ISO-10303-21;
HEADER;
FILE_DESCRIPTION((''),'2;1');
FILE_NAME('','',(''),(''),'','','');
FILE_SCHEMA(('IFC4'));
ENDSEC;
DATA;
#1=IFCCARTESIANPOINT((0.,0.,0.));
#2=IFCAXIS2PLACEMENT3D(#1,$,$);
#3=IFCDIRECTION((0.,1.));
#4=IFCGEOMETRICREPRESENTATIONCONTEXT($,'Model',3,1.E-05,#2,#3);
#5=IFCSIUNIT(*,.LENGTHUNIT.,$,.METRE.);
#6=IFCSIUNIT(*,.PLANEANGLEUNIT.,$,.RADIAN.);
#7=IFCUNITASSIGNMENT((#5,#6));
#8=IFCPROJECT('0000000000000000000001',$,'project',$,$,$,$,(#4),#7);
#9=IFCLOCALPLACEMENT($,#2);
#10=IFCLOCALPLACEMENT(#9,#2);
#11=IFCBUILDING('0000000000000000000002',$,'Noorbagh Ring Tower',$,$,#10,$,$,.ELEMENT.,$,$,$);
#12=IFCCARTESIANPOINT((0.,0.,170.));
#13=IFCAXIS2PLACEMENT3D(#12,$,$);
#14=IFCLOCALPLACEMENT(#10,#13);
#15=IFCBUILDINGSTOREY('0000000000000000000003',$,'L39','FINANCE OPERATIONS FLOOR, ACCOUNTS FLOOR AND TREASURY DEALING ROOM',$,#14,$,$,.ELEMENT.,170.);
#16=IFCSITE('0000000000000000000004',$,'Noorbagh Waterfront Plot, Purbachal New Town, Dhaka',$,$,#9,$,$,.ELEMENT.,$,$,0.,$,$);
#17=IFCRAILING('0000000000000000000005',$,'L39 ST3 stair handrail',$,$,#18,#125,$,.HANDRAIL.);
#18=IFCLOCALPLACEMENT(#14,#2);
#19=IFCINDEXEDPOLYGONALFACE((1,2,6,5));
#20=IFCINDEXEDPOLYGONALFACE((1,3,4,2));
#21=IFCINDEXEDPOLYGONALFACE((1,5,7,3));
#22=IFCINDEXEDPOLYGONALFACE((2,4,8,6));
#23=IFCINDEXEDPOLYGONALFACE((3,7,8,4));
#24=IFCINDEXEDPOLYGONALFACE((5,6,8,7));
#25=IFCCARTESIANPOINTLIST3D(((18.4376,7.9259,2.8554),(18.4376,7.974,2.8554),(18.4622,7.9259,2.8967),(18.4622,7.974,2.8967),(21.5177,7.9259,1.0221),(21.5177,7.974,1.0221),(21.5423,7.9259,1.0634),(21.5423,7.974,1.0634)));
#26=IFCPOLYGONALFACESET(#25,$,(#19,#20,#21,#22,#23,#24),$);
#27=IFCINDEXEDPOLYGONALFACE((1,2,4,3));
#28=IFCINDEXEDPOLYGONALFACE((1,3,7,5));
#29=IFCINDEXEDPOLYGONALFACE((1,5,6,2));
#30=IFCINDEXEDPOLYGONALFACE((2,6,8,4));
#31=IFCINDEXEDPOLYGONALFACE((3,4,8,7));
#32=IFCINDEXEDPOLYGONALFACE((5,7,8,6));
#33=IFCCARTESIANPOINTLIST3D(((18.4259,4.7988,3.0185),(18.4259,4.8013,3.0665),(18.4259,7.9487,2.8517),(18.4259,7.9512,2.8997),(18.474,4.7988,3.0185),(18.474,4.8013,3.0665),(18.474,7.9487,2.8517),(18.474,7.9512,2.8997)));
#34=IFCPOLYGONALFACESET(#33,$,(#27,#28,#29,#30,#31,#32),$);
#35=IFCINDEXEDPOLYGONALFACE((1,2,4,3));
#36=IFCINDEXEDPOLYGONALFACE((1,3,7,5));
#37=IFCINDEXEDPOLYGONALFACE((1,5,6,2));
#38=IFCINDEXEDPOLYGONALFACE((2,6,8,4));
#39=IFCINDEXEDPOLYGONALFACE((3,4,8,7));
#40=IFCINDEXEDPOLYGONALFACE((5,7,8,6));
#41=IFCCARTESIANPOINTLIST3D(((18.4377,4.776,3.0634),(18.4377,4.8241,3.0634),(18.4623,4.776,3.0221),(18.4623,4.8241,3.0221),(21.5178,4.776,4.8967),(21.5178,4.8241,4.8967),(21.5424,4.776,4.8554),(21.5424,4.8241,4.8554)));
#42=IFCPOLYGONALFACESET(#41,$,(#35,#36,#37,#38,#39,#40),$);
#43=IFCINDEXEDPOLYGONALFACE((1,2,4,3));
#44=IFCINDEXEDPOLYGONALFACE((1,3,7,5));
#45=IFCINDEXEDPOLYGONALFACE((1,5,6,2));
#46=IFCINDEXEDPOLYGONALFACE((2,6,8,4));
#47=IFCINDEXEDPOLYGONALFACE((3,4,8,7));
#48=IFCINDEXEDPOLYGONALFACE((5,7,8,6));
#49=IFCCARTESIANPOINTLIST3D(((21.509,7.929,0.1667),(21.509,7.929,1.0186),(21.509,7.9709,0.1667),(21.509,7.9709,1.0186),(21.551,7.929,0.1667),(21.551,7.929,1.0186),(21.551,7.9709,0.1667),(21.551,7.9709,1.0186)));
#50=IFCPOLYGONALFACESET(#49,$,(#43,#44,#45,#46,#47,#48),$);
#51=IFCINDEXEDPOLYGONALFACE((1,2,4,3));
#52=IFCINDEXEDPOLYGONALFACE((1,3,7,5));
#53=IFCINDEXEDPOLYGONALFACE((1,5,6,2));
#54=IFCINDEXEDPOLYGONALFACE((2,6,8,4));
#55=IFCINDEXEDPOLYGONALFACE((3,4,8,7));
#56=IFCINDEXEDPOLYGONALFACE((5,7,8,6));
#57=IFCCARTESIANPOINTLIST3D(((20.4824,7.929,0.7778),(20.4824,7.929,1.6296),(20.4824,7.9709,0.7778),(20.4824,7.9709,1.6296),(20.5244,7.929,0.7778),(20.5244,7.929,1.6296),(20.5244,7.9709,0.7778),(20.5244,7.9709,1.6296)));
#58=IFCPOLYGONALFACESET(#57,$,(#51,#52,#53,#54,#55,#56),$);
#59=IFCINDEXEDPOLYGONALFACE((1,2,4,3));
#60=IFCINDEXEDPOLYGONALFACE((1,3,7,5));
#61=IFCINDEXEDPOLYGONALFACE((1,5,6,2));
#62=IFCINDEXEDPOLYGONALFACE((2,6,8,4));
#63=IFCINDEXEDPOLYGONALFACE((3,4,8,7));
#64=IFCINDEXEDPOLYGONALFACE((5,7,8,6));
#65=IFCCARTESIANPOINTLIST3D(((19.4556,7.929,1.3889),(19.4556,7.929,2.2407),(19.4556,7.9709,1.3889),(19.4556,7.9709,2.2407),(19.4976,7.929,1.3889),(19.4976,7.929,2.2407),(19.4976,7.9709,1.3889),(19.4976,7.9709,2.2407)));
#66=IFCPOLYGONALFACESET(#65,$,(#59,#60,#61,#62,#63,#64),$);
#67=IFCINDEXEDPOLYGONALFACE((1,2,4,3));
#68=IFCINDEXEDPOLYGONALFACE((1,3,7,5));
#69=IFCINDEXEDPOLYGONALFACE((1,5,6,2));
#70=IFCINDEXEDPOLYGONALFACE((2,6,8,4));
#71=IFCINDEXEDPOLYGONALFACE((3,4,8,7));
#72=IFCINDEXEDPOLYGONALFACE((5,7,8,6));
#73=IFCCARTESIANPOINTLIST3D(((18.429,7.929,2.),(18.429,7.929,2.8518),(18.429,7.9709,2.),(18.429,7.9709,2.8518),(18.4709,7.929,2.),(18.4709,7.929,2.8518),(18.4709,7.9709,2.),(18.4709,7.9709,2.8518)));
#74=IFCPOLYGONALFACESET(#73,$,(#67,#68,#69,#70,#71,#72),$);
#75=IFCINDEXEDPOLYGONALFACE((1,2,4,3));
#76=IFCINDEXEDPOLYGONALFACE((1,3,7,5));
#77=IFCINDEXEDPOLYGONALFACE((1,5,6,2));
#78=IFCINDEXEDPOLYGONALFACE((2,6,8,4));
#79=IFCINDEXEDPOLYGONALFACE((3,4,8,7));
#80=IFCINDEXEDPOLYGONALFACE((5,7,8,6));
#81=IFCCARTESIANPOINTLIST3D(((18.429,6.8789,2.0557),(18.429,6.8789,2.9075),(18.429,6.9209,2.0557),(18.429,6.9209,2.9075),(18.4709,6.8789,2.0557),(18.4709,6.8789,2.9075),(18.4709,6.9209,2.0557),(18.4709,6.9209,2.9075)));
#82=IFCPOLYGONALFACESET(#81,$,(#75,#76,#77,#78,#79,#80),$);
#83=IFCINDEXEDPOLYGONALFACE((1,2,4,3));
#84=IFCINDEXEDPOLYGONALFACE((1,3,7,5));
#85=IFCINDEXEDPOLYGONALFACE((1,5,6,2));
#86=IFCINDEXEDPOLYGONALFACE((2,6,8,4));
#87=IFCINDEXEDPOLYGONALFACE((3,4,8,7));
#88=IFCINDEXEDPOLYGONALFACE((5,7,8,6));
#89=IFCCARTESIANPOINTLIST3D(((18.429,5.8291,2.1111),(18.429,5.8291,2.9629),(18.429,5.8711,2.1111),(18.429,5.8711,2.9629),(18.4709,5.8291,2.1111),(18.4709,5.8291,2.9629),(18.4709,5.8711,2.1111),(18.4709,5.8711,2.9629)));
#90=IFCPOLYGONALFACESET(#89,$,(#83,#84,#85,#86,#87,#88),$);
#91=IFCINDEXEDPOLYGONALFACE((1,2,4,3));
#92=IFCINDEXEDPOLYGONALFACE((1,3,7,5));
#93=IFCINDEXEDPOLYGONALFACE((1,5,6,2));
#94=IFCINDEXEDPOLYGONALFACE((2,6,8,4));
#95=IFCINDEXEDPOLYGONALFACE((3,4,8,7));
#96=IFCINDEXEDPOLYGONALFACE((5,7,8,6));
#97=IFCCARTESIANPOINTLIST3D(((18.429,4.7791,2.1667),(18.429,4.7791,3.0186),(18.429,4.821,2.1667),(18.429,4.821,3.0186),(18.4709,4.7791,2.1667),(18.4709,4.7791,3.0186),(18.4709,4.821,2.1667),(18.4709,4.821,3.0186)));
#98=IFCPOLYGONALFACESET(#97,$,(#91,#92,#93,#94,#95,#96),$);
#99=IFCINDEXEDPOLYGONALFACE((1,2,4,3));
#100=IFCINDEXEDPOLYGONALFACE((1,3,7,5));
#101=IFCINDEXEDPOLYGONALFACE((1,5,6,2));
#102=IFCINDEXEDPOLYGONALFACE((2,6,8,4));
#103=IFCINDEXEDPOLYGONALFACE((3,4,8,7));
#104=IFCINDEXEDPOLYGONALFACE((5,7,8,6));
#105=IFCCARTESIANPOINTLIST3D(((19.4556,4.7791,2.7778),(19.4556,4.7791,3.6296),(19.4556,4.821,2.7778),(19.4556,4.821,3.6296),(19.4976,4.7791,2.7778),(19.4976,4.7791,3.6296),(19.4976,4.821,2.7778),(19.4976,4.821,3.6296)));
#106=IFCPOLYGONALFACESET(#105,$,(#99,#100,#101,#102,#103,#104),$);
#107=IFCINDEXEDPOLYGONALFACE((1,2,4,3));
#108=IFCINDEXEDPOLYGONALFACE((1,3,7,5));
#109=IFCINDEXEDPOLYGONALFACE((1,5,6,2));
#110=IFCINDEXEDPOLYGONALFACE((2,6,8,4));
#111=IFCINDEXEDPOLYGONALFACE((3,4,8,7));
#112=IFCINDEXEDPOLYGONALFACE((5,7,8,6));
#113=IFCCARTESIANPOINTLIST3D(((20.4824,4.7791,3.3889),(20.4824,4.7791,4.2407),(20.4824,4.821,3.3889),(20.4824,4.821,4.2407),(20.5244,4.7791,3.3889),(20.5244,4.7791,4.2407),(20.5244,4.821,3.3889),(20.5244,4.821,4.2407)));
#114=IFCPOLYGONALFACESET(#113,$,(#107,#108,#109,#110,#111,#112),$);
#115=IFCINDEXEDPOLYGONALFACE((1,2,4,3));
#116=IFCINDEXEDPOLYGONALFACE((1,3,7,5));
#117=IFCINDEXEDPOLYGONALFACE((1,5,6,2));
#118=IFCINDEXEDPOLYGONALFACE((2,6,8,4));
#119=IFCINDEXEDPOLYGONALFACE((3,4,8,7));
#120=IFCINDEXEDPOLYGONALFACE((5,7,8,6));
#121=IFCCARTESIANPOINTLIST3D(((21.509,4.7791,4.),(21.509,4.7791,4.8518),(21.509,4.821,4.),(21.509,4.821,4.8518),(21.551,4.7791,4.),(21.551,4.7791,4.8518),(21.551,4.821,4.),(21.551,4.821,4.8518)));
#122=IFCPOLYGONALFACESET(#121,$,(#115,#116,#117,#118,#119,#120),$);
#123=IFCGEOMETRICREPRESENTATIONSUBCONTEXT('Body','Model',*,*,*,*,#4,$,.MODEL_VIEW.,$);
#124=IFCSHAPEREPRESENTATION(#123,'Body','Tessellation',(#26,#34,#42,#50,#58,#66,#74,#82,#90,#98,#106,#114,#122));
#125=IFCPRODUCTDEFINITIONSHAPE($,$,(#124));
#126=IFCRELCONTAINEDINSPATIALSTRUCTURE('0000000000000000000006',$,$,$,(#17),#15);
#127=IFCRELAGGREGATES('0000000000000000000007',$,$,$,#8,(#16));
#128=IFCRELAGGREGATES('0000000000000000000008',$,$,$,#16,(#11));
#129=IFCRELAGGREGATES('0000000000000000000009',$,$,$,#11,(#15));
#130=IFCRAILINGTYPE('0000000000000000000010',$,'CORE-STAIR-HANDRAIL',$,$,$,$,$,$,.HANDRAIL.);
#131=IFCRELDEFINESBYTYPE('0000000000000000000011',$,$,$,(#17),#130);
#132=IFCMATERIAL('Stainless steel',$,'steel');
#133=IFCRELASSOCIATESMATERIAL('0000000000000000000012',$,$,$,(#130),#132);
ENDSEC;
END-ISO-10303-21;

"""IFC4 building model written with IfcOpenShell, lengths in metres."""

from ifc_helpers import new_model, si_unit, direction, frame, origin, origin_2d, place, context, subcontext, project, spatial, rectangle, extrude, material, type_object, element, save


model = new_model("IFC4")

# Units and contexts
model_context = context("Model", 3, precision=1e-05, world=origin(), true_north=direction((0.0, 1.0)))
body_context = subcontext(model_context, "Body", "Model", "MODEL_VIEW")
ifc_project = project(units=[si_unit("LENGTHUNIT", "METRE"), si_unit("PLANEANGLEUNIT", "RADIAN")], contexts=[model_context])

# Site, building, storey
site_placement = place(None, origin())
site = spatial("IfcSite", under=ifc_project, at=site_placement, Name="Noorbagh Waterfront Plot, Purbachal New Town, Dhaka", CompositionType="ELEMENT", RefElevation=0.0)
building_placement = place(site_placement, origin())
building = spatial("IfcBuilding", under=site, at=building_placement, Name="Noorbagh Ring Tower", CompositionType="ELEMENT")
storey_placement = place(building_placement, frame((0.0, 0.0, 170.0)))
storey = spatial("IfcBuildingStorey", under=building, at=storey_placement, Name="L39", Description="FINANCE OPERATIONS FLOOR, ACCOUNTS FLOOR AND TREASURY DEALING ROOM", CompositionType="ELEMENT", Elevation=170.0)

# Railing
ifc_material_1 = material(Name="Stainless steel", Category="steel")
railing_type_1 = type_object("IfcRailingType", Name="CORE-STAIR-HANDRAIL", PredefinedType="HANDRAIL", material=ifc_material_1)
railing_1_placement = place(storey_placement, frame((21.53, 7.95, 0.1667)))
element("IfcRailing", 1, at=railing_1_placement, inside=storey, type_object=railing_type_1, Name="L39 ST3 stair handrail", PredefinedType="HANDRAIL", context=body_context, shape_type="SweptSolid", body=[
    extrude(rectangle(XDim=0.0481, YDim=0.0481, at=origin_2d()), frame((0.0, 0.0, 0.876), z_axis=(-0.859309, 0.0, 0.511458), x_axis=(0.0, -1.0, 0.0)), (0.0, 0.0, 1.0), 3.5845),
    extrude(rectangle(XDim=0.0481, YDim=0.0481, at=origin_2d()), frame((-3.0801, 0.0, 2.709), z_axis=(0.0, -0.998602, 0.052864), x_axis=(1.0, 0.0, 0.0)), (0.0, 0.0, 1.0), 3.1543),
    extrude(rectangle(XDim=0.0481, YDim=0.0481, at=origin_2d()), frame((-3.0801, -3.1499, 2.876), z_axis=(0.859309, 0.0, 0.511458), x_axis=(0.0, 1.0, 0.0)), (0.0, 0.0, 1.0), 3.5845),
    extrude(rectangle(XDim=0.042, YDim=0.042, at=origin_2d()), origin(), (0.0, 0.0, 1.0), 0.8518),
    extrude(rectangle(XDim=0.042, YDim=0.042, at=origin_2d()), frame((-1.0266, 0.0, 0.6111)), (0.0, 0.0, 1.0), 0.8518),
    extrude(rectangle(XDim=0.042, YDim=0.042, at=origin_2d()), frame((-2.0535, 0.0, 1.2222)), (0.0, 0.0, 1.0), 0.8518),
    extrude(rectangle(XDim=0.042, YDim=0.042, at=origin_2d()), frame((-3.0801, 0.0, 1.8333)), (0.0, 0.0, 1.0), 0.8518),
    extrude(rectangle(XDim=0.042, YDim=0.042, at=origin_2d()), frame((-3.0801, -1.05, 1.8889)), (0.0, 0.0, 1.0), 0.8518),
    extrude(rectangle(XDim=0.042, YDim=0.042, at=origin_2d()), frame((-3.0801, -2.0999, 1.9443)), (0.0, 0.0, 1.0), 0.8518),
    extrude(rectangle(XDim=0.042, YDim=0.042, at=origin_2d()), frame((-3.0801, -3.1499, 2.0)), (0.0, 0.0, 1.0), 0.8518),
    extrude(rectangle(XDim=0.042, YDim=0.042, at=origin_2d()), frame((-2.0535, -3.1499, 2.6111)), (0.0, 0.0, 1.0), 0.8518),
    extrude(rectangle(XDim=0.042, YDim=0.042, at=origin_2d()), frame((-1.0266, -3.1499, 3.2222)), (0.0, 0.0, 1.0), 0.8518),
    extrude(rectangle(XDim=0.042, YDim=0.042, at=origin_2d()), frame((0.0, -3.1499, 3.8333)), (0.0, 0.0, 1.0), 0.8518),
])

save(model, "model.ifc")
